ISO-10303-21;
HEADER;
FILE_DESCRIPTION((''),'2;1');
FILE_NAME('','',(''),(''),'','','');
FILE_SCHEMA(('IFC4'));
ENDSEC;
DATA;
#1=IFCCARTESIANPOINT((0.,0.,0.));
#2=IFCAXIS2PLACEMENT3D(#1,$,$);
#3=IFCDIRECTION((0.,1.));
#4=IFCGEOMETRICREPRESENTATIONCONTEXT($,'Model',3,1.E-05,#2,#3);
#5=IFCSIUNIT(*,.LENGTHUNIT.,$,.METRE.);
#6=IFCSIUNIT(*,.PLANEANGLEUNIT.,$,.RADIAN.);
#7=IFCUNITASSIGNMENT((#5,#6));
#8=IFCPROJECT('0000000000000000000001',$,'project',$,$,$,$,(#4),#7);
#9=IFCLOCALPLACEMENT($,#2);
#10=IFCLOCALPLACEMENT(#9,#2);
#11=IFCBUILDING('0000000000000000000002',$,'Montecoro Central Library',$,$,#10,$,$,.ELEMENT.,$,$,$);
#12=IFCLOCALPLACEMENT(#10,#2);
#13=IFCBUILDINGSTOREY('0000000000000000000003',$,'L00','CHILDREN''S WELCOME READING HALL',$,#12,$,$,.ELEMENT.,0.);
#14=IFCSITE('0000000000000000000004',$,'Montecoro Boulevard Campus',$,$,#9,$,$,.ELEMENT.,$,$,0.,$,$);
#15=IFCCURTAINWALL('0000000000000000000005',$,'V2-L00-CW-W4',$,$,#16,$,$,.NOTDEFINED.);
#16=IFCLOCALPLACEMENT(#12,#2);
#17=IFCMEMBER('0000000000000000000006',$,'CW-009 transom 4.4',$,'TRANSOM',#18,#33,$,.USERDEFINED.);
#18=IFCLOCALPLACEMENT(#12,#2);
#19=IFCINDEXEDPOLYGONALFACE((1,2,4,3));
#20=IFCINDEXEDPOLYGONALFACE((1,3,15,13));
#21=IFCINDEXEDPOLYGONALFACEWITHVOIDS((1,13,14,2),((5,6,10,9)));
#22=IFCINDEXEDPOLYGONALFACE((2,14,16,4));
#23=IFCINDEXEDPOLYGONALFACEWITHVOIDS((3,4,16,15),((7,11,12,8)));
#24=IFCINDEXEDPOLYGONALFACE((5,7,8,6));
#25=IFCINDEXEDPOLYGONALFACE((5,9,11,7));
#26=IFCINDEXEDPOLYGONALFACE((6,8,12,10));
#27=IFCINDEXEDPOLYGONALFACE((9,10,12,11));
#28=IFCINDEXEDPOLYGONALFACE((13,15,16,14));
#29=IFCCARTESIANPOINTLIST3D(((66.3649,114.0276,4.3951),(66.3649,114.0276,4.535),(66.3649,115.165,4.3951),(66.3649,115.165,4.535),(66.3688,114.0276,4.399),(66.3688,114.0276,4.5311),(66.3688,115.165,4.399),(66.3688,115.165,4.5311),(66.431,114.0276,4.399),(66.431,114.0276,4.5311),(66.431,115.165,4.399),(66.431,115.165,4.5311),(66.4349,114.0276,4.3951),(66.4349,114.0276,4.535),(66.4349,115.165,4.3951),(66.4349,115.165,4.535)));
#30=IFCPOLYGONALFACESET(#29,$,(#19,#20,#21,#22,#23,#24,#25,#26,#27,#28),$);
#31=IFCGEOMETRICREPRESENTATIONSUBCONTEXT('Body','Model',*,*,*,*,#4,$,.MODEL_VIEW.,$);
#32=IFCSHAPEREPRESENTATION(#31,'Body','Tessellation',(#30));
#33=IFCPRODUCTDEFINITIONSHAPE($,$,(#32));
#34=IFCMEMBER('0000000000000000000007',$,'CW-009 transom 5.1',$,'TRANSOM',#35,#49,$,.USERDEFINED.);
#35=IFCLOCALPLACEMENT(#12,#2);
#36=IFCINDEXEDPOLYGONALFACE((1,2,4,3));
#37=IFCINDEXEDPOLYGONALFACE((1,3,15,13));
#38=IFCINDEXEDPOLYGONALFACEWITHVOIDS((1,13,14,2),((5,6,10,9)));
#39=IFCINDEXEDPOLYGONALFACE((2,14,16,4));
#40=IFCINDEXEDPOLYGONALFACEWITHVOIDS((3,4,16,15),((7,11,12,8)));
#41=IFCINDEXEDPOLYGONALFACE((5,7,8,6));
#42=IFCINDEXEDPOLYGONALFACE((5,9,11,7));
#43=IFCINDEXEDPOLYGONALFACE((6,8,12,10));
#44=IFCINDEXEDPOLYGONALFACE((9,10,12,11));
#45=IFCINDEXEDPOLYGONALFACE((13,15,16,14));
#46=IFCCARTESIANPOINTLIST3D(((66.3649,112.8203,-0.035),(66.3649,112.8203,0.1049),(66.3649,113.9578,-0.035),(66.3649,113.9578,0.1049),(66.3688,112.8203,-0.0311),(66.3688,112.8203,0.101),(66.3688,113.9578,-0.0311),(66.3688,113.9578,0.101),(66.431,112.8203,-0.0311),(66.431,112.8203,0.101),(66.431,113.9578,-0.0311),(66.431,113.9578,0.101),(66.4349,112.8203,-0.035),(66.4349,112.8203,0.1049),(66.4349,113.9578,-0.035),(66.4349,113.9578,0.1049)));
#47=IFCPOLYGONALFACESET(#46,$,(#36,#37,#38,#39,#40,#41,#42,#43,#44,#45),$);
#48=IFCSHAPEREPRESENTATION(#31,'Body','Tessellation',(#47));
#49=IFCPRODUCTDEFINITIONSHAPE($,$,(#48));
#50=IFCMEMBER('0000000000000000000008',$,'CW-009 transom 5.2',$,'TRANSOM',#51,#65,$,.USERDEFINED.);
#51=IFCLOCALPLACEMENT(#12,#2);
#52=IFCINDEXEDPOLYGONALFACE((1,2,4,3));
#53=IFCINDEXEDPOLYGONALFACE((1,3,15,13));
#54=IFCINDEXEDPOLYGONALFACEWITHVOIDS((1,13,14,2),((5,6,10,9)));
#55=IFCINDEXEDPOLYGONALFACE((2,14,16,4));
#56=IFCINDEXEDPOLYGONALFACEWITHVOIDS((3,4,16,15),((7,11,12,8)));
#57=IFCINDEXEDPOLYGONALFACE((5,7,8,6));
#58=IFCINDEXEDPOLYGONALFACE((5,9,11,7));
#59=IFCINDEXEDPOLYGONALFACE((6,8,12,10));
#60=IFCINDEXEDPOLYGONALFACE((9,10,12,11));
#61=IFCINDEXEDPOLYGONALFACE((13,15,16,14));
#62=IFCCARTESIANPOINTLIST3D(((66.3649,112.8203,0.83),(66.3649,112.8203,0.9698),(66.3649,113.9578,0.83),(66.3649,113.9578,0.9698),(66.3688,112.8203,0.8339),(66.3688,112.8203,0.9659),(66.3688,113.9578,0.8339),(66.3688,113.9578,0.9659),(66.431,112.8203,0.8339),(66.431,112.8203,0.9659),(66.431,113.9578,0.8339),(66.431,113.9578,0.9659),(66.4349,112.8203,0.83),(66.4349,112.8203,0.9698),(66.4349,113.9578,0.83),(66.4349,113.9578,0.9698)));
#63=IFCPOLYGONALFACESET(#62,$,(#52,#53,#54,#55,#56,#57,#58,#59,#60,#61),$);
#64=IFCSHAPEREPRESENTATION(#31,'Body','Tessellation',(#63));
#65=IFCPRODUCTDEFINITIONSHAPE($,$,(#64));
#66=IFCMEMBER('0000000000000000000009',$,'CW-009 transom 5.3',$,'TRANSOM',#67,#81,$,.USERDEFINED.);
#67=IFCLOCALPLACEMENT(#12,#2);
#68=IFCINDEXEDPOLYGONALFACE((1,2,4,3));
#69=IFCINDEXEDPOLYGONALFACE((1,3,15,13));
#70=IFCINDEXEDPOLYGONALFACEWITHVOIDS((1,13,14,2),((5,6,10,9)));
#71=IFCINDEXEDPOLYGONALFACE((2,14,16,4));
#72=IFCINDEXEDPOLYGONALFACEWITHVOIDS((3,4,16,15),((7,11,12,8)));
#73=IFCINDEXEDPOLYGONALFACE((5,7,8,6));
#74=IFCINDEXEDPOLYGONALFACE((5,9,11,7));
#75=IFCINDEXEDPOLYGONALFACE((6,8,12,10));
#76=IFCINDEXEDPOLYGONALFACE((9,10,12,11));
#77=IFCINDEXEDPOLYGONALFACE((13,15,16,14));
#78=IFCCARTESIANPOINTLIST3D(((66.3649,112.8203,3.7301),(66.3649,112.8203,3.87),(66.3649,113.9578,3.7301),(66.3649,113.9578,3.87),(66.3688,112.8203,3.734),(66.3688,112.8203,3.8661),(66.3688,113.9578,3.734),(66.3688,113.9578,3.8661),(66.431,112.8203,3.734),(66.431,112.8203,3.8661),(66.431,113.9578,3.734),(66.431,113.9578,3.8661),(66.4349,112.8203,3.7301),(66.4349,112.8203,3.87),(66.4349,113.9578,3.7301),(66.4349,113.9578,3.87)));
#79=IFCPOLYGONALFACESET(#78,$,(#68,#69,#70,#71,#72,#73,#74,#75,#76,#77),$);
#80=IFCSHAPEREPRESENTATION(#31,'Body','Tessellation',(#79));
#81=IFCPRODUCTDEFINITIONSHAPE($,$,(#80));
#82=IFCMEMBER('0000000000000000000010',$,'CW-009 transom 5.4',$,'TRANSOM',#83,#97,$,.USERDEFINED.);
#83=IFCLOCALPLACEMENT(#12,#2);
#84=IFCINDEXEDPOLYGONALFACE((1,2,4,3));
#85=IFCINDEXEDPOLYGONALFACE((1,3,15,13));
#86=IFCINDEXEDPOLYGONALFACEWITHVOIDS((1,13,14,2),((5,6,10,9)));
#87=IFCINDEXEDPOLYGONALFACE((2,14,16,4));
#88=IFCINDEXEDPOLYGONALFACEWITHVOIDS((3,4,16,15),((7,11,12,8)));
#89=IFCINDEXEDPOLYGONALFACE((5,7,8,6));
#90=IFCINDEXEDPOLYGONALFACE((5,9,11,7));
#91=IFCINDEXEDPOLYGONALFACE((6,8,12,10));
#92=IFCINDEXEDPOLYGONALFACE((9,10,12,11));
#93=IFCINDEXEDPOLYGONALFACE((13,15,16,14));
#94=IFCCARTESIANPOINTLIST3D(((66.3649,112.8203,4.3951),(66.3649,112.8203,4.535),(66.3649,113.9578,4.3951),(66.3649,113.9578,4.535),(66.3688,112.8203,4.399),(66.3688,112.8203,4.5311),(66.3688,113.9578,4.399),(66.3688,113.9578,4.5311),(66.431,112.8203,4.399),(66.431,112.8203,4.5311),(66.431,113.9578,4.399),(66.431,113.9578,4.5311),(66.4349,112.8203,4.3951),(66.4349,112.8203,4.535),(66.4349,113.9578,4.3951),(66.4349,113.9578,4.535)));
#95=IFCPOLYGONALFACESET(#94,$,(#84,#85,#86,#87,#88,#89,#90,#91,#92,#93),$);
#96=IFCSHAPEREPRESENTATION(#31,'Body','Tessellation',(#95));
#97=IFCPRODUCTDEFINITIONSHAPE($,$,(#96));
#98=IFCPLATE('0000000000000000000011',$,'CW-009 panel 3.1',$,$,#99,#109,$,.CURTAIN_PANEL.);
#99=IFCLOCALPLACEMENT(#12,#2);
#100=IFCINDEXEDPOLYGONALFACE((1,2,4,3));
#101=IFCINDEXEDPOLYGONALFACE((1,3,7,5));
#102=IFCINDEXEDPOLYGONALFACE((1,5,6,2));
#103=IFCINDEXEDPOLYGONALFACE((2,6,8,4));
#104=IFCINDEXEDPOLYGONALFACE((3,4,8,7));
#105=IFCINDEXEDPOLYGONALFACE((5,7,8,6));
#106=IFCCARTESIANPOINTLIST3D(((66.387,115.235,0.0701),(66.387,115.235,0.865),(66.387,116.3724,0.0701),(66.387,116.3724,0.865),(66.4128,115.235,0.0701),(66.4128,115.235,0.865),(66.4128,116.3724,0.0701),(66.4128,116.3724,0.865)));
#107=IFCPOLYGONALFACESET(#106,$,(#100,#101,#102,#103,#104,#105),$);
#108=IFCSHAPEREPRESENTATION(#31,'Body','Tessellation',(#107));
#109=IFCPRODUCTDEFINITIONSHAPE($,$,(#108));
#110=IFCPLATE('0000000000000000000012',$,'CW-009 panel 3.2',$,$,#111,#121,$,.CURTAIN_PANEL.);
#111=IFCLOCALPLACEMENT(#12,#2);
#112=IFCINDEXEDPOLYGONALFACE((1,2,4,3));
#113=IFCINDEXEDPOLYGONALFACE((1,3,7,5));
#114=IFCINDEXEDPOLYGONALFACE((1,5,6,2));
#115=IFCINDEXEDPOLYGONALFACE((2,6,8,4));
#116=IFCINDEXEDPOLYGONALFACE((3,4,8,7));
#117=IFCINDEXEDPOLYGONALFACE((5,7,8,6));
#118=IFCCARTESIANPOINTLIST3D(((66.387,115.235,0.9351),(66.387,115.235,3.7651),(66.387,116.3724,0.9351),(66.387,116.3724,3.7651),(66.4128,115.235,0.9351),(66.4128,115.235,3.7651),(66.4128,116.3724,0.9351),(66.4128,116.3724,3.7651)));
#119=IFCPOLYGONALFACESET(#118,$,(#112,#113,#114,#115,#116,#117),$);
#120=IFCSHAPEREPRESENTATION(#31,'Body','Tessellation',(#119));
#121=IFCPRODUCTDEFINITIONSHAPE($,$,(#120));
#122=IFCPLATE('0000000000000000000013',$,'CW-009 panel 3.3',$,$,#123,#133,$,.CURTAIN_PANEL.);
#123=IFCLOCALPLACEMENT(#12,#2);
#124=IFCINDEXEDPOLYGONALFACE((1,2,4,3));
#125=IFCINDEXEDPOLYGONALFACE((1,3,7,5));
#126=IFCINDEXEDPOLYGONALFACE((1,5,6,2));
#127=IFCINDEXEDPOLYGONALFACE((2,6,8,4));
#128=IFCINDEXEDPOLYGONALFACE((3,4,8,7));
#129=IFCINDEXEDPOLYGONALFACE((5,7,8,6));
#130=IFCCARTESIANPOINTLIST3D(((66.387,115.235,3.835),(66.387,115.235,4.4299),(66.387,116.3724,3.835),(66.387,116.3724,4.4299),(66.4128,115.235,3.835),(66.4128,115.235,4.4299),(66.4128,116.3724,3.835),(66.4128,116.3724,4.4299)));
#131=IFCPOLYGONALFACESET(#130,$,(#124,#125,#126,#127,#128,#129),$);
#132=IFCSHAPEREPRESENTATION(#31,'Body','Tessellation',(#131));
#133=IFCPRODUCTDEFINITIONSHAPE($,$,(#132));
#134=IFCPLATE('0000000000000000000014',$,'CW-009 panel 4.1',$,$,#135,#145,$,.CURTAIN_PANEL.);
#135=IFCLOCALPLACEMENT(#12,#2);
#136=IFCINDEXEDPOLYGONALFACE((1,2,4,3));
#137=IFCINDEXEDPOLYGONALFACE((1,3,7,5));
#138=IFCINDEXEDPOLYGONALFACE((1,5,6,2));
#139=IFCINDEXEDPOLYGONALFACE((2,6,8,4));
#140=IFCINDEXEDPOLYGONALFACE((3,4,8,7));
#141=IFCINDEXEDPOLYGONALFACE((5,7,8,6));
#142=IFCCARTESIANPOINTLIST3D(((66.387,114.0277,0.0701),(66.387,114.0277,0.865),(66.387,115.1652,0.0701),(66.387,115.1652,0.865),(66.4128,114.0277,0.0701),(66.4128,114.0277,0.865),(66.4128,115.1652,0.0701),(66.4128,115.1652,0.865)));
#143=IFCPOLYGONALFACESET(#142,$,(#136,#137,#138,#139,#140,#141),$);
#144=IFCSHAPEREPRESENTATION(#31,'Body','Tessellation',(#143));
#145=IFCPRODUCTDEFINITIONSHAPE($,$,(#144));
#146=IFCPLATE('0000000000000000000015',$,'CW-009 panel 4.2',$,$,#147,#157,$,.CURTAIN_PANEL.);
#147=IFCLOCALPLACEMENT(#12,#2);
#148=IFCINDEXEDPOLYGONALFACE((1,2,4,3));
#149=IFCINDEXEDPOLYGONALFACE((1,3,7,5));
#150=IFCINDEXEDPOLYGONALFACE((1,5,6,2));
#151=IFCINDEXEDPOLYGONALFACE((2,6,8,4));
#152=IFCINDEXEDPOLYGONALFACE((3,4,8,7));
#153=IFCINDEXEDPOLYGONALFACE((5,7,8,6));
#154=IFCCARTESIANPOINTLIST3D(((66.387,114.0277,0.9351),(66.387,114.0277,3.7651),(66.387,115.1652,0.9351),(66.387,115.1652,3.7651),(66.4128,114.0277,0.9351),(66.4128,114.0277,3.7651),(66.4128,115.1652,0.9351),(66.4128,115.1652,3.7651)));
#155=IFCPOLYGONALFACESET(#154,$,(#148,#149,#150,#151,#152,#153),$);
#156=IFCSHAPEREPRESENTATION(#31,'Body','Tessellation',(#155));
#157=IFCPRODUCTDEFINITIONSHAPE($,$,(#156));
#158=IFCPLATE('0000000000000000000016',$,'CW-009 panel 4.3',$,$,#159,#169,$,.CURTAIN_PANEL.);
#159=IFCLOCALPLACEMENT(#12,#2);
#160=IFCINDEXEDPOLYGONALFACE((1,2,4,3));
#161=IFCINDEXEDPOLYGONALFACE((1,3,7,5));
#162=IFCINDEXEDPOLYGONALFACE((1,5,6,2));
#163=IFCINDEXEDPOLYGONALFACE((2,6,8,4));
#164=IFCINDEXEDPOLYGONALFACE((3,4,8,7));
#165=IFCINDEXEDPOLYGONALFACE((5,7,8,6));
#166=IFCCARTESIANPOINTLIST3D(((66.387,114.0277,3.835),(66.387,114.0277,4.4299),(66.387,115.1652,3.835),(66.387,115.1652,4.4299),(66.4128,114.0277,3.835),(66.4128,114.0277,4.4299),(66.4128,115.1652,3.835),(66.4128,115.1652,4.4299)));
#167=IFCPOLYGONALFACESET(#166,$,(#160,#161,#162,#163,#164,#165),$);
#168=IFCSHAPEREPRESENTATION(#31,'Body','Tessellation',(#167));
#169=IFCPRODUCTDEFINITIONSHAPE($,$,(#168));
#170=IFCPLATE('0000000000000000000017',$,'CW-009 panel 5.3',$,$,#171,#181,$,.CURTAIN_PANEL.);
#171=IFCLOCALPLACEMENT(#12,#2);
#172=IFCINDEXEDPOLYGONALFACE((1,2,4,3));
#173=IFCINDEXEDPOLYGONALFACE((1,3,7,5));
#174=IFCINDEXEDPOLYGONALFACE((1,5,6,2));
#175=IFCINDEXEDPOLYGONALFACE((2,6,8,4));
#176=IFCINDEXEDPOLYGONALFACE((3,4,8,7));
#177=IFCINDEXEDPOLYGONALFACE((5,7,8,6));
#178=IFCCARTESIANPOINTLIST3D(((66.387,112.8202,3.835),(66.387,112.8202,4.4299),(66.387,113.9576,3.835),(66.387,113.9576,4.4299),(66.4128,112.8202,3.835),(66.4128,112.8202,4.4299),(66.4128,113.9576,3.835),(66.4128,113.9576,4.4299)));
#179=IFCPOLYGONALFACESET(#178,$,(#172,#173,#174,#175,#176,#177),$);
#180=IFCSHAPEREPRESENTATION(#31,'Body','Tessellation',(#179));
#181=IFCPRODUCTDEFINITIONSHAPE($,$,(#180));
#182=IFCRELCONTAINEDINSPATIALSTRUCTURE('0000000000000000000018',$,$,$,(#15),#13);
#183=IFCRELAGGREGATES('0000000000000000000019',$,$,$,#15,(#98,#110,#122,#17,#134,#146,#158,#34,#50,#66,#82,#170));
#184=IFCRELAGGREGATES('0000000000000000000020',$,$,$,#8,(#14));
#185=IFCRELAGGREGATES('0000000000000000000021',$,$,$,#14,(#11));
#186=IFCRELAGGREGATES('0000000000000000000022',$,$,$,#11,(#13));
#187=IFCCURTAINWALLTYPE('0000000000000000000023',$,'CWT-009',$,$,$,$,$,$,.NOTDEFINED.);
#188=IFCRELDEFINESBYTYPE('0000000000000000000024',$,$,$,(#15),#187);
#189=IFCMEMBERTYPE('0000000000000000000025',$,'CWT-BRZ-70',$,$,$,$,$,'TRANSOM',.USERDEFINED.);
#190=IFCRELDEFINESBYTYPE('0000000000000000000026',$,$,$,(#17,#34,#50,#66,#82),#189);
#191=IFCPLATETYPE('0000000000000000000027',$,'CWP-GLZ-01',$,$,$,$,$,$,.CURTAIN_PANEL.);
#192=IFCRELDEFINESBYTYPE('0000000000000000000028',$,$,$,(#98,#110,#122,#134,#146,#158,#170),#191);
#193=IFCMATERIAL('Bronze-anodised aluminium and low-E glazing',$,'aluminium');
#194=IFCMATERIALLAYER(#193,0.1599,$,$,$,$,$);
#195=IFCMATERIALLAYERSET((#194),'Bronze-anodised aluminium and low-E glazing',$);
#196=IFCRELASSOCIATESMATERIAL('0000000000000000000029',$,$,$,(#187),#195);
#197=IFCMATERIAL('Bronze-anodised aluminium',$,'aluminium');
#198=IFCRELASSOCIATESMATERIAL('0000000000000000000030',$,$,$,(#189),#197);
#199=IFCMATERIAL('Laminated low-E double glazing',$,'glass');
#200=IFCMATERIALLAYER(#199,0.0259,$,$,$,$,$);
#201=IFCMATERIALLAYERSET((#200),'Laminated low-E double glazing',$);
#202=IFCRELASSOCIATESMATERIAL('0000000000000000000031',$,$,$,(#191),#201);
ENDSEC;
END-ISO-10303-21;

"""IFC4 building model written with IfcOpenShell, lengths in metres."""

from ifc_helpers import new_model, si_unit, direction, frame, origin, origin_2d, place, context, subcontext, project, spatial, rectangle, hollow_rectangle, extrude, material, layer, layer_set, material_profile, profile_set, type_object, element, aggregate, save


model = new_model("IFC4")

# Units and contexts
model_context = context("Model", 3, precision=1e-05, world=origin(), true_north=direction((0.0, 1.0)))
body_context = subcontext(model_context, "Body", "Model", "MODEL_VIEW")
ifc_project = project(units=[si_unit("LENGTHUNIT", "METRE"), si_unit("PLANEANGLEUNIT", "RADIAN")], contexts=[model_context])

# Site, building, storey
site_placement = place(None, origin())
site = spatial("IfcSite", under=ifc_project, at=site_placement, Name="Montecoro Boulevard Campus", CompositionType="ELEMENT", RefElevation=0.0)
building_placement = place(site_placement, origin())
building = spatial("IfcBuilding", under=site, at=building_placement, Name="Montecoro Central Library", CompositionType="ELEMENT")
storey_placement = place(building_placement, origin())
storey = spatial("IfcBuildingStorey", under=building, at=storey_placement, Name="L00", Description="CHILDREN'S WELCOME READING HALL", CompositionType="ELEMENT", Elevation=0.0)

# Curtain wall, members, plates
ifc_material_1 = material(Name="Bronze-anodised aluminium and low-E glazing", Category="aluminium")
ifc_layer_1 = layer(ifc_material_1, 0.1599)
ifc_layer_set_1 = layer_set([ifc_layer_1], Name="Bronze-anodised aluminium and low-E glazing")
curtain_wall_type = type_object("IfcCurtainWallType", Name="CWT-009", PredefinedType="NOTDEFINED", material=ifc_layer_set_1)
curtain_wall_placement = place(storey_placement, origin())
curtain_wall = element("IfcCurtainWall", 1, at=curtain_wall_placement, inside=storey, type_object=curtain_wall_type, Name="V2-L00-CW-W4", PredefinedType="NOTDEFINED")
ifc_material_2 = material(Name="Bronze-anodised aluminium", Category="aluminium")
ifc_material_profile_1 = material_profile(ifc_material_2, hollow_rectangle(XDim=0.0701, YDim=0.1399, WallThickness=0.0039, at=origin_2d()), Name="CWT 140x70x4.0")
ifc_profile_set_1 = profile_set([ifc_material_profile_1], Name="Bronze-anodised aluminium")
member_type_1 = type_object("IfcMemberType", Name="CWT-BRZ-70", ElementType="TRANSOM", PredefinedType="USERDEFINED", material=ifc_profile_set_1)
member_1_placement = place(storey_placement, frame((66.3999, 115.165, 4.4651), z_axis=(0.0, -1.0, 0.0), x_axis=(1.0, 0.0, 0.0)))
member_1 = element("IfcMember", 2, at=member_1_placement, type_object=member_type_1, Name="CW-009 transom 4.4", ObjectType="TRANSOM", PredefinedType="USERDEFINED", context=body_context, shape_type="SweptSolid", body=[
    extrude(hollow_rectangle(XDim=0.0701, YDim=0.1399, WallThickness=0.0039, at=origin_2d()), origin(), (0.0, 0.0, 1.0), 1.1375),
])
member_2_placement = place(storey_placement, frame((66.3999, 113.9578, 0.0349), z_axis=(0.0, -1.0, 0.0), x_axis=(1.0, 0.0, 0.0)))
member_2 = element("IfcMember", 3, at=member_2_placement, type_object=member_type_1, Name="CW-009 transom 5.1", ObjectType="TRANSOM", PredefinedType="USERDEFINED", context=body_context, shape_type="SweptSolid", body=[
    extrude(hollow_rectangle(XDim=0.0701, YDim=0.1399, WallThickness=0.0039, at=origin_2d()), origin(), (0.0, 0.0, 1.0), 1.1375),
])
member_3_placement = place(storey_placement, frame((66.3999, 113.9578, 0.8999), z_axis=(0.0, -1.0, 0.0), x_axis=(1.0, 0.0, 0.0)))
member_3 = element("IfcMember", 4, at=member_3_placement, type_object=member_type_1, Name="CW-009 transom 5.2", ObjectType="TRANSOM", PredefinedType="USERDEFINED", context=body_context, shape_type="SweptSolid", body=[
    extrude(hollow_rectangle(XDim=0.0701, YDim=0.1399, WallThickness=0.0039, at=origin_2d()), origin(), (0.0, 0.0, 1.0), 1.1375),
])
member_4_placement = place(storey_placement, frame((66.3999, 113.9578, 3.8), z_axis=(0.0, -1.0, 0.0), x_axis=(1.0, 0.0, 0.0)))
member_4 = element("IfcMember", 5, at=member_4_placement, type_object=member_type_1, Name="CW-009 transom 5.3", ObjectType="TRANSOM", PredefinedType="USERDEFINED", context=body_context, shape_type="SweptSolid", body=[
    extrude(hollow_rectangle(XDim=0.0701, YDim=0.1399, WallThickness=0.0039, at=origin_2d()), origin(), (0.0, 0.0, 1.0), 1.1375),
])
member_5_placement = place(storey_placement, frame((66.3999, 113.9578, 4.4651), z_axis=(0.0, -1.0, 0.0), x_axis=(1.0, 0.0, 0.0)))
member_5 = element("IfcMember", 6, at=member_5_placement, type_object=member_type_1, Name="CW-009 transom 5.4", ObjectType="TRANSOM", PredefinedType="USERDEFINED", context=body_context, shape_type="SweptSolid", body=[
    extrude(hollow_rectangle(XDim=0.0701, YDim=0.1399, WallThickness=0.0039, at=origin_2d()), origin(), (0.0, 0.0, 1.0), 1.1375),
])
ifc_material_3 = material(Name="Laminated low-E double glazing", Category="glass")
ifc_layer_2 = layer(ifc_material_3, 0.0259)
ifc_layer_set_2 = layer_set([ifc_layer_2], Name="Laminated low-E double glazing")
plate_type = type_object("IfcPlateType", Name="CWP-GLZ-01", PredefinedType="CURTAIN_PANEL", material=ifc_layer_set_2)
plate_1_placement = place(storey_placement, frame((66.3999, 115.8037, 0.0701), z_axis=(0.0, 0.0, 1.0), x_axis=(0.0, -1.0, 0.0)))
plate_1 = element("IfcPlate", 7, at=plate_1_placement, type_object=plate_type, Name="CW-009 panel 3.1", PredefinedType="CURTAIN_PANEL", context=body_context, shape_type="SweptSolid", body=[
    extrude(rectangle(XDim=1.1375, YDim=0.0259, at=origin_2d()), origin(), (0.0, 0.0, 1.0), 0.7949),
])
plate_2_placement = place(storey_placement, frame((66.3999, 115.8037, 0.9351), z_axis=(0.0, 0.0, 1.0), x_axis=(0.0, -1.0, 0.0)))
plate_2 = element("IfcPlate", 8, at=plate_2_placement, type_object=plate_type, Name="CW-009 panel 3.2", PredefinedType="CURTAIN_PANEL", context=body_context, shape_type="SweptSolid", body=[
    extrude(rectangle(XDim=1.1375, YDim=0.0259, at=origin_2d()), origin(), (0.0, 0.0, 1.0), 2.8301),
])
plate_3_placement = place(storey_placement, frame((66.3999, 115.8037, 3.835), z_axis=(0.0, 0.0, 1.0), x_axis=(0.0, -1.0, 0.0)))
plate_3 = element("IfcPlate", 9, at=plate_3_placement, type_object=plate_type, Name="CW-009 panel 3.3", PredefinedType="CURTAIN_PANEL", context=body_context, shape_type="SweptSolid", body=[
    extrude(rectangle(XDim=1.1375, YDim=0.0259, at=origin_2d()), origin(), (0.0, 0.0, 1.0), 0.595),
])
plate_4_placement = place(storey_placement, frame((66.3999, 114.5964, 0.0701), z_axis=(0.0, 0.0, 1.0), x_axis=(0.0, -1.0, 0.0)))
plate_4 = element("IfcPlate", 10, at=plate_4_placement, type_object=plate_type, Name="CW-009 panel 4.1", PredefinedType="CURTAIN_PANEL", context=body_context, shape_type="SweptSolid", body=[
    extrude(rectangle(XDim=1.1375, YDim=0.0259, at=origin_2d()), origin(), (0.0, 0.0, 1.0), 0.7949),
])
plate_5_placement = place(storey_placement, frame((66.3999, 114.5964, 0.9351), z_axis=(0.0, 0.0, 1.0), x_axis=(0.0, -1.0, 0.0)))
plate_5 = element("IfcPlate", 11, at=plate_5_placement, type_object=plate_type, Name="CW-009 panel 4.2", PredefinedType="CURTAIN_PANEL", context=body_context, shape_type="SweptSolid", body=[
    extrude(rectangle(XDim=1.1375, YDim=0.0259, at=origin_2d()), origin(), (0.0, 0.0, 1.0), 2.8301),
])
plate_6_placement = place(storey_placement, frame((66.3999, 114.5964, 3.835), z_axis=(0.0, 0.0, 1.0), x_axis=(0.0, -1.0, 0.0)))
plate_6 = element("IfcPlate", 12, at=plate_6_placement, type_object=plate_type, Name="CW-009 panel 4.3", PredefinedType="CURTAIN_PANEL", context=body_context, shape_type="SweptSolid", body=[
    extrude(rectangle(XDim=1.1375, YDim=0.0259, at=origin_2d()), origin(), (0.0, 0.0, 1.0), 0.595),
])
plate_7_placement = place(storey_placement, frame((66.3999, 113.3889, 3.835), z_axis=(0.0, 0.0, 1.0), x_axis=(0.0, -1.0, 0.0)))
plate_7 = element("IfcPlate", 13, at=plate_7_placement, type_object=plate_type, Name="CW-009 panel 5.3", PredefinedType="CURTAIN_PANEL", context=body_context, shape_type="SweptSolid", body=[
    extrude(rectangle(XDim=1.1375, YDim=0.0259, at=origin_2d()), origin(), (0.0, 0.0, 1.0), 0.595),
])
aggregate(curtain_wall, [plate_1, plate_2, plate_3, member_1, plate_4, plate_5, plate_6, member_2, member_3, member_4, member_5, plate_7])

save(model, "model.ifc")
